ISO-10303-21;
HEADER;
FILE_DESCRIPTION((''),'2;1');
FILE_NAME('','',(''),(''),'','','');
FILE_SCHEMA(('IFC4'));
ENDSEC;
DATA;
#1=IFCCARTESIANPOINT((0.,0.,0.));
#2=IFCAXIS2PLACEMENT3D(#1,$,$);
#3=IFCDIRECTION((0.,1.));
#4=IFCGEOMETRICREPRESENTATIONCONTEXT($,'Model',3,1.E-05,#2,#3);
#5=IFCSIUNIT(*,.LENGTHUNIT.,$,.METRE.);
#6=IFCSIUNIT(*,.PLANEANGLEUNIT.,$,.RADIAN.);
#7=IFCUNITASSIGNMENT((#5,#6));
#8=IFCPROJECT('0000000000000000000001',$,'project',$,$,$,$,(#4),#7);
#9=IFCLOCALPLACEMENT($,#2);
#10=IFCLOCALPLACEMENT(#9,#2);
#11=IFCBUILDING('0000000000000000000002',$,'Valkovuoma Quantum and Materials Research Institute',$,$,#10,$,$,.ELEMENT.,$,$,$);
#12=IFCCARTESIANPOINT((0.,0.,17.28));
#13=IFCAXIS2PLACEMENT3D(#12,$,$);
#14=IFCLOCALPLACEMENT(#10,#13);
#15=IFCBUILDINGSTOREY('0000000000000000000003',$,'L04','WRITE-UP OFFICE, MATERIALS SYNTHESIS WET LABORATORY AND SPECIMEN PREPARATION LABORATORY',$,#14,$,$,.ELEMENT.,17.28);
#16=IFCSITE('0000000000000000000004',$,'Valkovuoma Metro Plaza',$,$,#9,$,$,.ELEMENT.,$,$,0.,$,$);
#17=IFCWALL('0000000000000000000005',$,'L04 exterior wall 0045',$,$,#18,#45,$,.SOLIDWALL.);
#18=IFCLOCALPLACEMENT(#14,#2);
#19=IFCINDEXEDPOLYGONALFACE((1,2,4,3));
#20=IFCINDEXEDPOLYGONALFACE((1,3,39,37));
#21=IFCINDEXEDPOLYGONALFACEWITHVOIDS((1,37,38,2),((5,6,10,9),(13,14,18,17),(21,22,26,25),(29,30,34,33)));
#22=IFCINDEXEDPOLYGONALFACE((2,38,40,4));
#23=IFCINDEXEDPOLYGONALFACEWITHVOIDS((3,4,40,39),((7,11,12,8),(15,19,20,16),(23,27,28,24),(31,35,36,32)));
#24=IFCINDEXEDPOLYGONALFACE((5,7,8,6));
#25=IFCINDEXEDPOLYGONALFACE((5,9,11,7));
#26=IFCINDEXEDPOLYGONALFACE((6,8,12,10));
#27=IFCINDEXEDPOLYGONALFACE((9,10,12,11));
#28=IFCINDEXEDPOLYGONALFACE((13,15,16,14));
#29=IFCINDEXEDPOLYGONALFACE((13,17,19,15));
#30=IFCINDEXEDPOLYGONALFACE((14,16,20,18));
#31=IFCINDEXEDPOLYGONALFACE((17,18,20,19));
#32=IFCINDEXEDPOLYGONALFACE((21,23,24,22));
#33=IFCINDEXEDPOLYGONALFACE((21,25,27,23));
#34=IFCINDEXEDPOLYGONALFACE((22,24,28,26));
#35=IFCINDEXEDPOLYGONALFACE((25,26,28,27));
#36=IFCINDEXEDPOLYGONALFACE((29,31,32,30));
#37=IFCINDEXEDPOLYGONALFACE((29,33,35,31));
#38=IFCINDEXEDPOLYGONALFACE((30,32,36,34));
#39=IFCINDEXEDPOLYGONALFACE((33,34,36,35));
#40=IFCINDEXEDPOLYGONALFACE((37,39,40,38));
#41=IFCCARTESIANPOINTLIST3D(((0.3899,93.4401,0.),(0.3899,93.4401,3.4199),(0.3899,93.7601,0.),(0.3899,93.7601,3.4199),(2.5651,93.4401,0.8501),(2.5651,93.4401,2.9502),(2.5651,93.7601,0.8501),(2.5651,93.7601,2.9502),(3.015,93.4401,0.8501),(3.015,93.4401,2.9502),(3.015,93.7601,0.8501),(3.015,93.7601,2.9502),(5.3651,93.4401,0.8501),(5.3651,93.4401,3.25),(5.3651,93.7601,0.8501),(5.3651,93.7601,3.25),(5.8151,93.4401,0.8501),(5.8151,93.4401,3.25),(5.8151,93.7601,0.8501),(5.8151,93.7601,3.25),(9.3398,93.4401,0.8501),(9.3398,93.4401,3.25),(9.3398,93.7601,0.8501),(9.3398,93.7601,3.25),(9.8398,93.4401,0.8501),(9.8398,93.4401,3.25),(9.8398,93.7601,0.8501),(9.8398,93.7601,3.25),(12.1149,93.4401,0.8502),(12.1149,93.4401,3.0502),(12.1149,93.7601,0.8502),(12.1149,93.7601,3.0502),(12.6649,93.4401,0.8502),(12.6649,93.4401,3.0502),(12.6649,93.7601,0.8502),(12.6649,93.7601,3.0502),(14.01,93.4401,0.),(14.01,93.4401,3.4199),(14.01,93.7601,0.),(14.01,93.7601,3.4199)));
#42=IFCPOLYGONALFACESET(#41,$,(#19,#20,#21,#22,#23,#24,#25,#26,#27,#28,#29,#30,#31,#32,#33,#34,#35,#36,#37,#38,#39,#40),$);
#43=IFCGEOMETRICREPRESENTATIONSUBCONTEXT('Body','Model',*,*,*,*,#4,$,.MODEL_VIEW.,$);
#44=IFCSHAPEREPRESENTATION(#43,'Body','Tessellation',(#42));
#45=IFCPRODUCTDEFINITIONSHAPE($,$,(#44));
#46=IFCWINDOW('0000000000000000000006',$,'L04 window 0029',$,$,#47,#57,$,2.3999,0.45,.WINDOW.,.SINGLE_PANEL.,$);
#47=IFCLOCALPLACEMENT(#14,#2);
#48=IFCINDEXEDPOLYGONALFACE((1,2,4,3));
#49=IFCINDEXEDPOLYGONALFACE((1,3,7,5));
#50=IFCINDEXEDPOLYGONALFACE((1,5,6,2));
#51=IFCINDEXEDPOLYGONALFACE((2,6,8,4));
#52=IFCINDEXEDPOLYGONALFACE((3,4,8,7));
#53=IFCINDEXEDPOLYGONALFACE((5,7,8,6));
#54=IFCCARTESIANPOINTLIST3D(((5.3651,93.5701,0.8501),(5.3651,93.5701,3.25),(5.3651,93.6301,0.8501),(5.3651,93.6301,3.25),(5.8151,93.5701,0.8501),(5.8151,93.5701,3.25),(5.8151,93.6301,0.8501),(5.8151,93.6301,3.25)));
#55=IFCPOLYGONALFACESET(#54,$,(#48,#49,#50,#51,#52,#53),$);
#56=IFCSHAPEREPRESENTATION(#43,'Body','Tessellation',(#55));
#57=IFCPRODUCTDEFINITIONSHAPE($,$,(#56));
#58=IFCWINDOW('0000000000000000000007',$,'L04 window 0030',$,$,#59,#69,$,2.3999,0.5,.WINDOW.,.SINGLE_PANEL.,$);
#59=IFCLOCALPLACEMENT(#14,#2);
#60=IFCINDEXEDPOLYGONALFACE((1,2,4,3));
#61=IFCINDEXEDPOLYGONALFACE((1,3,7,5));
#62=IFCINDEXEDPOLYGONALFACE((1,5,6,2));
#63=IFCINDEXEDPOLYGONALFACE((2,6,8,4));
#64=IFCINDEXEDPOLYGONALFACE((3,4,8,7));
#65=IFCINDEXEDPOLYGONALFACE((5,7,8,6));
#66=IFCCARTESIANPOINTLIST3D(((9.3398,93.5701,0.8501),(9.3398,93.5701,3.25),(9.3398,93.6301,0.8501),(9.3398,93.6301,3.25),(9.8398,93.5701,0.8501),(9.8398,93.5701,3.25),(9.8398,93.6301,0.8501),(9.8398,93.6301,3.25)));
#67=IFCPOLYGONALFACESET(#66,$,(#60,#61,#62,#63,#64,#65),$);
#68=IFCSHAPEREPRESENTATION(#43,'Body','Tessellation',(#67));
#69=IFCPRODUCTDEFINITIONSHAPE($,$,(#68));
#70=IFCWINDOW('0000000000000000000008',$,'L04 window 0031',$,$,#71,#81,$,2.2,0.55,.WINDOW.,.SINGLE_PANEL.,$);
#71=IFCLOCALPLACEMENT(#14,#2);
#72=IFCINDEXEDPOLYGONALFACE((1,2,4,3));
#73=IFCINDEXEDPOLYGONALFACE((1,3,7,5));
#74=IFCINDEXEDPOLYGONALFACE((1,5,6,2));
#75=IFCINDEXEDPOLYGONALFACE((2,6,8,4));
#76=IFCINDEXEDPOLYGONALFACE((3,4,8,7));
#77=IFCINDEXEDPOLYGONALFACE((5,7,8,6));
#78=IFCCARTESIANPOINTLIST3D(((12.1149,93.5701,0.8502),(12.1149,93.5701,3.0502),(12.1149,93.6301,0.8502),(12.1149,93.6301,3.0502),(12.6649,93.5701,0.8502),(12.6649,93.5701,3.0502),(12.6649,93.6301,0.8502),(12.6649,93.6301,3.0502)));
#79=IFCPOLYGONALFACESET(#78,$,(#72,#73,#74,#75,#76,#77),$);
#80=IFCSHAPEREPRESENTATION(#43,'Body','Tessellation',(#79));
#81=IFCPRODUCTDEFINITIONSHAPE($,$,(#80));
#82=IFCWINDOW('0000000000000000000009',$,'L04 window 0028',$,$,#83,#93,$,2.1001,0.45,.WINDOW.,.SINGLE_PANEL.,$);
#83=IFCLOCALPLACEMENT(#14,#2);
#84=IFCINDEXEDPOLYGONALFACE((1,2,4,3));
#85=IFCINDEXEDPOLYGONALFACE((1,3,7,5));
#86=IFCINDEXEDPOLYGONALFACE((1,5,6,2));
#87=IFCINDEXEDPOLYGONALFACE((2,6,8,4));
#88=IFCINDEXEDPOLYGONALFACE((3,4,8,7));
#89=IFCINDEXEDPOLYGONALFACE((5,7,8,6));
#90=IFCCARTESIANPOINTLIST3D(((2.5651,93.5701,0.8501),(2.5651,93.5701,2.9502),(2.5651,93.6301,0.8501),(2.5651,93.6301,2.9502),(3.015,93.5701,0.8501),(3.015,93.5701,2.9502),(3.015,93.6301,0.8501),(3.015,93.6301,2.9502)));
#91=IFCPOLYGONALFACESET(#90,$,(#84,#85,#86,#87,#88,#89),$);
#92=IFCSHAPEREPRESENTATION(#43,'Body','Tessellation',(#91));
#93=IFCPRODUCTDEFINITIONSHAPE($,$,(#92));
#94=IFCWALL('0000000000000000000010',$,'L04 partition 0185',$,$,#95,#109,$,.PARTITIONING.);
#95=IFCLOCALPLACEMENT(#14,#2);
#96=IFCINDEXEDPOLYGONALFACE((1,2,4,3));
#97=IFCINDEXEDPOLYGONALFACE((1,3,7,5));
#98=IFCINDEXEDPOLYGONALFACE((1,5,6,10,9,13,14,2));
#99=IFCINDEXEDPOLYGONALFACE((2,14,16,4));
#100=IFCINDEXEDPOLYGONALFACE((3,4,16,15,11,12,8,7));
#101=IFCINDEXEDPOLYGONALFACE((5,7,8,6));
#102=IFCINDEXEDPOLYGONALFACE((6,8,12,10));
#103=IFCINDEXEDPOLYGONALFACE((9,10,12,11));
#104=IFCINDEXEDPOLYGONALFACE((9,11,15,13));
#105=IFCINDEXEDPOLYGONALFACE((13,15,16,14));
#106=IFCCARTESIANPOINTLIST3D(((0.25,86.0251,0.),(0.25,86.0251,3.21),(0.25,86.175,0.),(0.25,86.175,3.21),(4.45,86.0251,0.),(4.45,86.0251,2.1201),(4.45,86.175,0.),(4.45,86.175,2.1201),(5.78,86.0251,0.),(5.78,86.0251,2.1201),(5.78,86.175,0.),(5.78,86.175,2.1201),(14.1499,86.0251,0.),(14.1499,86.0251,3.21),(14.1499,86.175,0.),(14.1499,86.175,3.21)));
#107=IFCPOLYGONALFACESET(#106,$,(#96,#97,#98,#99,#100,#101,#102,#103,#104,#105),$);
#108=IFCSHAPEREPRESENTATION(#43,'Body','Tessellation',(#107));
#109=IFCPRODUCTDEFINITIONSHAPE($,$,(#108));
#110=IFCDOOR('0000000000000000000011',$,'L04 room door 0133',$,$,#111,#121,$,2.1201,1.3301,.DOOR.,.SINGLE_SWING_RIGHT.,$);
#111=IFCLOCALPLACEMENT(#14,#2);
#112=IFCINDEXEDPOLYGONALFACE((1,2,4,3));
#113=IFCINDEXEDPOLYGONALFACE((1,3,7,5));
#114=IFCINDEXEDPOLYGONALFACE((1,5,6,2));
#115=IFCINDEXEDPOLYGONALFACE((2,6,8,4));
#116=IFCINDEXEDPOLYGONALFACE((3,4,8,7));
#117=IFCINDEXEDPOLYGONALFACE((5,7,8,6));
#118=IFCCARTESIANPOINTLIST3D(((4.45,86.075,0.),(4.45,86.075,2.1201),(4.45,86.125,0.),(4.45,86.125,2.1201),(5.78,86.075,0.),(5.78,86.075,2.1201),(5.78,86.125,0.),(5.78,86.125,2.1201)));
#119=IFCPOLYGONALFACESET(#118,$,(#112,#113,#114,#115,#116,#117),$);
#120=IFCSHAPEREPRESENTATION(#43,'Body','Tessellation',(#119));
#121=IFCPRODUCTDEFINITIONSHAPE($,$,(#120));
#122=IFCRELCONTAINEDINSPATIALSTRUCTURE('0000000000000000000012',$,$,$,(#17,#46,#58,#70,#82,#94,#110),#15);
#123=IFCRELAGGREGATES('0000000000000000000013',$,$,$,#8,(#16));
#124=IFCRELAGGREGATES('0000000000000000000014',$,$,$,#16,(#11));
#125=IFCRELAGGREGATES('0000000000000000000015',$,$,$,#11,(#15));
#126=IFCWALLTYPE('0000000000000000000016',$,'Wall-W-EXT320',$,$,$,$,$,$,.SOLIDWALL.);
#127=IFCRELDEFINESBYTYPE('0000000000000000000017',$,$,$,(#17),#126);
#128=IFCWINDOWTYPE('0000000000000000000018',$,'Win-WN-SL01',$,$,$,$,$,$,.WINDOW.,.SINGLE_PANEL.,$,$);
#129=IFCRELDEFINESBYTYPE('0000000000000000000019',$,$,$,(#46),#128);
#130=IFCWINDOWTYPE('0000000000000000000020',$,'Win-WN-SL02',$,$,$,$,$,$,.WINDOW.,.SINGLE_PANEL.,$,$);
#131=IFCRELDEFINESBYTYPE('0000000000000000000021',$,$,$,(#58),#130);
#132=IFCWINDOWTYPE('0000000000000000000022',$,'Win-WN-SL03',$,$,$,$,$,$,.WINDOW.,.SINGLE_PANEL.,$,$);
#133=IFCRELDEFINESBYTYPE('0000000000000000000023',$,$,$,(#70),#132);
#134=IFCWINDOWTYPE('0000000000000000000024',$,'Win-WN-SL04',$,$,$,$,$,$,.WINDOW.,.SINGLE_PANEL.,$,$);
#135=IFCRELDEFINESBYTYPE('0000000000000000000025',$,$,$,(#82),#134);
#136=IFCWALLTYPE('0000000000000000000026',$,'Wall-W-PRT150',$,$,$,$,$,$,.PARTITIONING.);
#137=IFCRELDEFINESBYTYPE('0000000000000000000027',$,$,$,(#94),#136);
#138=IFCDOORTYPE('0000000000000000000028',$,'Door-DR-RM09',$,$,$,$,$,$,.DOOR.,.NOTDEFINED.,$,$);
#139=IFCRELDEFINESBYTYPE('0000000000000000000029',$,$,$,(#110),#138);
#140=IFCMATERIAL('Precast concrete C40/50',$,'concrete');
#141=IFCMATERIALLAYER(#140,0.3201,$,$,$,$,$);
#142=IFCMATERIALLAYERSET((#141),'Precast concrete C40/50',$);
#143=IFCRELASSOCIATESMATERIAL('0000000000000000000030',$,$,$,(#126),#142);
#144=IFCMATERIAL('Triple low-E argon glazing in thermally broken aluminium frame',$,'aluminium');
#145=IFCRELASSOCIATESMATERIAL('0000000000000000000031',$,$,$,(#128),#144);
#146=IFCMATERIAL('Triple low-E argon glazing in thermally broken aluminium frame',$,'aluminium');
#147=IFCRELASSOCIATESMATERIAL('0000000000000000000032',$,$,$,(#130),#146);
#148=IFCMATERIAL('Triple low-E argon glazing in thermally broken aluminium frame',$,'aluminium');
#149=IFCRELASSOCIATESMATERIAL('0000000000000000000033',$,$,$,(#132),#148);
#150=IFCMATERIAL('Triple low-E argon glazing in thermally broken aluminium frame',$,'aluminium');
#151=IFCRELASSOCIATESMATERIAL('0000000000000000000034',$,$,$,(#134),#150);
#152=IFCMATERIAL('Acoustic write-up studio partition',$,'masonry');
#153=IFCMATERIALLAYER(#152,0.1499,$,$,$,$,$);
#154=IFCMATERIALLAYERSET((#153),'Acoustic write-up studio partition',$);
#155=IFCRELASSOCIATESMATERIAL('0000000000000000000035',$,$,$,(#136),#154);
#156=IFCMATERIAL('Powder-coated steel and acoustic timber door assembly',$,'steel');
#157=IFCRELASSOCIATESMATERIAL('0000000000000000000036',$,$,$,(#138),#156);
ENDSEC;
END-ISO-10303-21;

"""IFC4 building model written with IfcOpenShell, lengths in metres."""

from ifc_helpers import new_model, si_unit, direction, frame, frame_2d, origin, place, context, subcontext, project, spatial, rectangle, extrude, material, layer, layer_set, type_object, element, fill, save


model = new_model("IFC4")

# Units and contexts
model_context = context("Model", 3, precision=1e-05, world=origin(), true_north=direction((0.0, 1.0)))
body_context = subcontext(model_context, "Body", "Model", "MODEL_VIEW")
ifc_project = project(units=[si_unit("LENGTHUNIT", "METRE"), si_unit("PLANEANGLEUNIT", "RADIAN")], contexts=[model_context])

# Site, building, storey
site_placement = place(None, origin())
site = spatial("IfcSite", under=ifc_project, at=site_placement, Name="Valkovuoma Metro Plaza", CompositionType="ELEMENT", RefElevation=0.0)
building_placement = place(site_placement, origin())
building = spatial("IfcBuilding", under=site, at=building_placement, Name="Valkovuoma Quantum and Materials Research Institute", CompositionType="ELEMENT")
storey_placement = place(building_placement, frame((0.0, 0.0, 17.28)))
storey = spatial("IfcBuildingStorey", under=building, at=storey_placement, Name="L04", Description="WRITE-UP OFFICE, MATERIALS SYNTHESIS WET LABORATORY AND SPECIMEN PREPARATION LABORATORY", CompositionType="ELEMENT", Elevation=17.28)

# Wall, openings, windows
ifc_material_1 = material(Name="Precast concrete C40/50", Category="concrete")
ifc_layer_1 = layer(ifc_material_1, 0.3201)
ifc_layer_set_1 = layer_set([ifc_layer_1], Name="Precast concrete C40/50")
wall_type_1 = type_object("IfcWallType", Name="Wall-W-EXT320", PredefinedType="SOLIDWALL", material=ifc_layer_set_1)
wall_1_placement = place(storey_placement, frame((0.3899, 93.6001, 0.0), z_axis=(0.0, 0.0, 1.0), x_axis=(1.0, 0.0, 0.0)))
wall_1 = element("IfcWall", 1, at=wall_1_placement, inside=storey, type_object=wall_type_1, Name="L04 exterior wall 0045", PredefinedType="SOLIDWALL", context=body_context, shape_type="SweptSolid", body=[
    extrude(rectangle(XDim=13.6201, YDim=0.3201, at=frame_2d((6.8101, 0.0))), origin(), (0.0, 0.0, 1.0), 3.4199),
])
opening_1_placement = place(wall_1_placement, frame((2.175, 0.0, 0.8501)))
opening_1 = element("IfcOpeningElement", 2, at=opening_1_placement, cuts=wall_1, PredefinedType="OPENING", context=body_context, shape_type="SweptSolid", body=[
    extrude(rectangle(XDim=0.45, YDim=2.1001, at=frame_2d((0.2251, 1.05))), frame((0.0, 0.1699, 0.0), z_axis=(0.0, -1.0, 0.0), x_axis=(1.0, 0.0, 0.0)), (0.0, 0.0, 1.0), 0.3401),
])
opening_2_placement = place(wall_1_placement, frame((4.9751, 0.0, 0.8501)))
opening_2 = element("IfcOpeningElement", 3, at=opening_2_placement, cuts=wall_1, PredefinedType="OPENING", context=body_context, shape_type="SweptSolid", body=[
    extrude(rectangle(XDim=0.45, YDim=2.3999, at=frame_2d((0.2251, 1.2))), frame((0.0, 0.1699, 0.0), z_axis=(0.0, -1.0, 0.0), x_axis=(1.0, 0.0, 0.0)), (0.0, 0.0, 1.0), 0.3401),
])
opening_3_placement = place(wall_1_placement, frame((8.95, 0.0, 0.8501)))
opening_3 = element("IfcOpeningElement", 4, at=opening_3_placement, cuts=wall_1, PredefinedType="OPENING", context=body_context, shape_type="SweptSolid", body=[
    extrude(rectangle(XDim=0.5, YDim=2.3999, at=frame_2d((0.25, 1.2))), frame((0.0, 0.1699, 0.0), z_axis=(0.0, -1.0, 0.0), x_axis=(1.0, 0.0, 0.0)), (0.0, 0.0, 1.0), 0.3401),
])
opening_4_placement = place(wall_1_placement, frame((11.7251, 0.0, 0.8501)))
opening_4 = element("IfcOpeningElement", 5, at=opening_4_placement, cuts=wall_1, PredefinedType="OPENING", context=body_context, shape_type="SweptSolid", body=[
    extrude(rectangle(XDim=0.55, YDim=2.2, at=frame_2d((0.2749, 1.1001))), frame((0.0, 0.1699, 0.0), z_axis=(0.0, -1.0, 0.0), x_axis=(1.0, 0.0, 0.0)), (0.0, 0.0, 1.0), 0.3401),
])
ifc_material_2 = material(Name="Triple low-E argon glazing in thermally broken aluminium frame", Category="aluminium")
window_type_1 = type_object("IfcWindowType", Name="Win-WN-SL01", PartitioningType="SINGLE_PANEL", PredefinedType="WINDOW", material=ifc_material_2)
window_1_placement = place(opening_2_placement, origin())
window_1 = element("IfcWindow", 6, at=window_1_placement, inside=storey, type_object=window_type_1, Name="L04 window 0029", OverallHeight=2.3999, OverallWidth=0.45, PartitioningType="SINGLE_PANEL", PredefinedType="WINDOW", context=body_context, shape_type="SweptSolid", body=[
    extrude(rectangle(XDim=0.45, YDim=2.3999, at=frame_2d((0.2251, 1.2))), frame((0.0, 0.03, 0.0), z_axis=(0.0, -1.0, 0.0), x_axis=(1.0, 0.0, 0.0)), (0.0, 0.0, 1.0), 0.0601),
])
fill(opening_2, window_1)
ifc_material_3 = material(Name="Triple low-E argon glazing in thermally broken aluminium frame", Category="aluminium")
window_type_2 = type_object("IfcWindowType", Name="Win-WN-SL02", PartitioningType="SINGLE_PANEL", PredefinedType="WINDOW", material=ifc_material_3)
window_2_placement = place(opening_3_placement, origin())
window_2 = element("IfcWindow", 7, at=window_2_placement, inside=storey, type_object=window_type_2, Name="L04 window 0030", OverallHeight=2.3999, OverallWidth=0.5, PartitioningType="SINGLE_PANEL", PredefinedType="WINDOW", context=body_context, shape_type="SweptSolid", body=[
    extrude(rectangle(XDim=0.5, YDim=2.3999, at=frame_2d((0.25, 1.2))), frame((0.0, 0.03, 0.0), z_axis=(0.0, -1.0, 0.0), x_axis=(1.0, 0.0, 0.0)), (0.0, 0.0, 1.0), 0.0601),
])
fill(opening_3, window_2)
ifc_material_4 = material(Name="Triple low-E argon glazing in thermally broken aluminium frame", Category="aluminium")
window_type_3 = type_object("IfcWindowType", Name="Win-WN-SL03", PartitioningType="SINGLE_PANEL", PredefinedType="WINDOW", material=ifc_material_4)
window_3_placement = place(opening_4_placement, origin())
window_3 = element("IfcWindow", 8, at=window_3_placement, inside=storey, type_object=window_type_3, Name="L04 window 0031", OverallHeight=2.2, OverallWidth=0.55, PartitioningType="SINGLE_PANEL", PredefinedType="WINDOW", context=body_context, shape_type="SweptSolid", body=[
    extrude(rectangle(XDim=0.55, YDim=2.2, at=frame_2d((0.2749, 1.1001))), frame((0.0, 0.03, 0.0), z_axis=(0.0, -1.0, 0.0), x_axis=(1.0, 0.0, 0.0)), (0.0, 0.0, 1.0), 0.0601),
])
fill(opening_4, window_3)
ifc_material_5 = material(Name="Triple low-E argon glazing in thermally broken aluminium frame", Category="aluminium")
window_type_4 = type_object("IfcWindowType", Name="Win-WN-SL04", PartitioningType="SINGLE_PANEL", PredefinedType="WINDOW", material=ifc_material_5)
window_4_placement = place(opening_1_placement, origin())
window_4 = element("IfcWindow", 9, at=window_4_placement, inside=storey, type_object=window_type_4, Name="L04 window 0028", OverallHeight=2.1001, OverallWidth=0.45, PartitioningType="SINGLE_PANEL", PredefinedType="WINDOW", context=body_context, shape_type="SweptSolid", body=[
    extrude(rectangle(XDim=0.45, YDim=2.1001, at=frame_2d((0.2251, 1.05))), frame((0.0, 0.03, 0.0), z_axis=(0.0, -1.0, 0.0), x_axis=(1.0, 0.0, 0.0)), (0.0, 0.0, 1.0), 0.0601),
])
fill(opening_1, window_4)

# Wall, opening, door
ifc_material_6 = material(Name="Acoustic write-up studio partition", Category="masonry")
ifc_layer_2 = layer(ifc_material_6, 0.1499)
ifc_layer_set_2 = layer_set([ifc_layer_2], Name="Acoustic write-up studio partition")
wall_type_2 = type_object("IfcWallType", Name="Wall-W-PRT150", PredefinedType="PARTITIONING", material=ifc_layer_set_2)
wall_2_placement = place(storey_placement, frame((0.25, 86.1001, 0.0), z_axis=(0.0, 0.0, 1.0), x_axis=(1.0, 0.0, 0.0)))
wall_2 = element("IfcWall", 10, at=wall_2_placement, inside=storey, type_object=wall_type_2, Name="L04 partition 0185", PredefinedType="PARTITIONING", context=body_context, shape_type="SweptSolid", body=[
    extrude(rectangle(XDim=13.8999, YDim=0.1499, at=frame_2d((6.95, 0.0))), origin(), (0.0, 0.0, 1.0), 3.21),
])
opening_5_placement = place(wall_2_placement, frame((4.2, 0.0, 0.0)))
opening_5 = element("IfcOpeningElement", 11, at=opening_5_placement, cuts=wall_2, PredefinedType="OPENING", context=body_context, shape_type="SweptSolid", body=[
    extrude(rectangle(XDim=1.3301, YDim=2.1201, at=frame_2d((0.665, 1.0601))), frame((0.0, 0.085, 0.0), z_axis=(0.0, -1.0, 0.0), x_axis=(1.0, 0.0, 0.0)), (0.0, 0.0, 1.0), 0.1699),
])
ifc_material_7 = material(Name="Powder-coated steel and acoustic timber door assembly", Category="steel")
door_type = type_object("IfcDoorType", Name="Door-DR-RM09", OperationType="NOTDEFINED", PredefinedType="DOOR", material=ifc_material_7)
door_placement = place(opening_5_placement, origin())
door = element("IfcDoor", 12, at=door_placement, inside=storey, type_object=door_type, Name="L04 room door 0133", OperationType="SINGLE_SWING_RIGHT", OverallHeight=2.1201, OverallWidth=1.3301, PredefinedType="DOOR", context=body_context, shape_type="SweptSolid", body=[
    extrude(rectangle(XDim=1.3301, YDim=2.1201, at=frame_2d((0.665, 1.0601))), frame((0.0, 0.0249, 0.0), z_axis=(0.0, -1.0, 0.0), x_axis=(1.0, 0.0, 0.0)), (0.0, 0.0, 1.0), 0.05),
])
fill(opening_5, door)

save(model, "model.ifc")
